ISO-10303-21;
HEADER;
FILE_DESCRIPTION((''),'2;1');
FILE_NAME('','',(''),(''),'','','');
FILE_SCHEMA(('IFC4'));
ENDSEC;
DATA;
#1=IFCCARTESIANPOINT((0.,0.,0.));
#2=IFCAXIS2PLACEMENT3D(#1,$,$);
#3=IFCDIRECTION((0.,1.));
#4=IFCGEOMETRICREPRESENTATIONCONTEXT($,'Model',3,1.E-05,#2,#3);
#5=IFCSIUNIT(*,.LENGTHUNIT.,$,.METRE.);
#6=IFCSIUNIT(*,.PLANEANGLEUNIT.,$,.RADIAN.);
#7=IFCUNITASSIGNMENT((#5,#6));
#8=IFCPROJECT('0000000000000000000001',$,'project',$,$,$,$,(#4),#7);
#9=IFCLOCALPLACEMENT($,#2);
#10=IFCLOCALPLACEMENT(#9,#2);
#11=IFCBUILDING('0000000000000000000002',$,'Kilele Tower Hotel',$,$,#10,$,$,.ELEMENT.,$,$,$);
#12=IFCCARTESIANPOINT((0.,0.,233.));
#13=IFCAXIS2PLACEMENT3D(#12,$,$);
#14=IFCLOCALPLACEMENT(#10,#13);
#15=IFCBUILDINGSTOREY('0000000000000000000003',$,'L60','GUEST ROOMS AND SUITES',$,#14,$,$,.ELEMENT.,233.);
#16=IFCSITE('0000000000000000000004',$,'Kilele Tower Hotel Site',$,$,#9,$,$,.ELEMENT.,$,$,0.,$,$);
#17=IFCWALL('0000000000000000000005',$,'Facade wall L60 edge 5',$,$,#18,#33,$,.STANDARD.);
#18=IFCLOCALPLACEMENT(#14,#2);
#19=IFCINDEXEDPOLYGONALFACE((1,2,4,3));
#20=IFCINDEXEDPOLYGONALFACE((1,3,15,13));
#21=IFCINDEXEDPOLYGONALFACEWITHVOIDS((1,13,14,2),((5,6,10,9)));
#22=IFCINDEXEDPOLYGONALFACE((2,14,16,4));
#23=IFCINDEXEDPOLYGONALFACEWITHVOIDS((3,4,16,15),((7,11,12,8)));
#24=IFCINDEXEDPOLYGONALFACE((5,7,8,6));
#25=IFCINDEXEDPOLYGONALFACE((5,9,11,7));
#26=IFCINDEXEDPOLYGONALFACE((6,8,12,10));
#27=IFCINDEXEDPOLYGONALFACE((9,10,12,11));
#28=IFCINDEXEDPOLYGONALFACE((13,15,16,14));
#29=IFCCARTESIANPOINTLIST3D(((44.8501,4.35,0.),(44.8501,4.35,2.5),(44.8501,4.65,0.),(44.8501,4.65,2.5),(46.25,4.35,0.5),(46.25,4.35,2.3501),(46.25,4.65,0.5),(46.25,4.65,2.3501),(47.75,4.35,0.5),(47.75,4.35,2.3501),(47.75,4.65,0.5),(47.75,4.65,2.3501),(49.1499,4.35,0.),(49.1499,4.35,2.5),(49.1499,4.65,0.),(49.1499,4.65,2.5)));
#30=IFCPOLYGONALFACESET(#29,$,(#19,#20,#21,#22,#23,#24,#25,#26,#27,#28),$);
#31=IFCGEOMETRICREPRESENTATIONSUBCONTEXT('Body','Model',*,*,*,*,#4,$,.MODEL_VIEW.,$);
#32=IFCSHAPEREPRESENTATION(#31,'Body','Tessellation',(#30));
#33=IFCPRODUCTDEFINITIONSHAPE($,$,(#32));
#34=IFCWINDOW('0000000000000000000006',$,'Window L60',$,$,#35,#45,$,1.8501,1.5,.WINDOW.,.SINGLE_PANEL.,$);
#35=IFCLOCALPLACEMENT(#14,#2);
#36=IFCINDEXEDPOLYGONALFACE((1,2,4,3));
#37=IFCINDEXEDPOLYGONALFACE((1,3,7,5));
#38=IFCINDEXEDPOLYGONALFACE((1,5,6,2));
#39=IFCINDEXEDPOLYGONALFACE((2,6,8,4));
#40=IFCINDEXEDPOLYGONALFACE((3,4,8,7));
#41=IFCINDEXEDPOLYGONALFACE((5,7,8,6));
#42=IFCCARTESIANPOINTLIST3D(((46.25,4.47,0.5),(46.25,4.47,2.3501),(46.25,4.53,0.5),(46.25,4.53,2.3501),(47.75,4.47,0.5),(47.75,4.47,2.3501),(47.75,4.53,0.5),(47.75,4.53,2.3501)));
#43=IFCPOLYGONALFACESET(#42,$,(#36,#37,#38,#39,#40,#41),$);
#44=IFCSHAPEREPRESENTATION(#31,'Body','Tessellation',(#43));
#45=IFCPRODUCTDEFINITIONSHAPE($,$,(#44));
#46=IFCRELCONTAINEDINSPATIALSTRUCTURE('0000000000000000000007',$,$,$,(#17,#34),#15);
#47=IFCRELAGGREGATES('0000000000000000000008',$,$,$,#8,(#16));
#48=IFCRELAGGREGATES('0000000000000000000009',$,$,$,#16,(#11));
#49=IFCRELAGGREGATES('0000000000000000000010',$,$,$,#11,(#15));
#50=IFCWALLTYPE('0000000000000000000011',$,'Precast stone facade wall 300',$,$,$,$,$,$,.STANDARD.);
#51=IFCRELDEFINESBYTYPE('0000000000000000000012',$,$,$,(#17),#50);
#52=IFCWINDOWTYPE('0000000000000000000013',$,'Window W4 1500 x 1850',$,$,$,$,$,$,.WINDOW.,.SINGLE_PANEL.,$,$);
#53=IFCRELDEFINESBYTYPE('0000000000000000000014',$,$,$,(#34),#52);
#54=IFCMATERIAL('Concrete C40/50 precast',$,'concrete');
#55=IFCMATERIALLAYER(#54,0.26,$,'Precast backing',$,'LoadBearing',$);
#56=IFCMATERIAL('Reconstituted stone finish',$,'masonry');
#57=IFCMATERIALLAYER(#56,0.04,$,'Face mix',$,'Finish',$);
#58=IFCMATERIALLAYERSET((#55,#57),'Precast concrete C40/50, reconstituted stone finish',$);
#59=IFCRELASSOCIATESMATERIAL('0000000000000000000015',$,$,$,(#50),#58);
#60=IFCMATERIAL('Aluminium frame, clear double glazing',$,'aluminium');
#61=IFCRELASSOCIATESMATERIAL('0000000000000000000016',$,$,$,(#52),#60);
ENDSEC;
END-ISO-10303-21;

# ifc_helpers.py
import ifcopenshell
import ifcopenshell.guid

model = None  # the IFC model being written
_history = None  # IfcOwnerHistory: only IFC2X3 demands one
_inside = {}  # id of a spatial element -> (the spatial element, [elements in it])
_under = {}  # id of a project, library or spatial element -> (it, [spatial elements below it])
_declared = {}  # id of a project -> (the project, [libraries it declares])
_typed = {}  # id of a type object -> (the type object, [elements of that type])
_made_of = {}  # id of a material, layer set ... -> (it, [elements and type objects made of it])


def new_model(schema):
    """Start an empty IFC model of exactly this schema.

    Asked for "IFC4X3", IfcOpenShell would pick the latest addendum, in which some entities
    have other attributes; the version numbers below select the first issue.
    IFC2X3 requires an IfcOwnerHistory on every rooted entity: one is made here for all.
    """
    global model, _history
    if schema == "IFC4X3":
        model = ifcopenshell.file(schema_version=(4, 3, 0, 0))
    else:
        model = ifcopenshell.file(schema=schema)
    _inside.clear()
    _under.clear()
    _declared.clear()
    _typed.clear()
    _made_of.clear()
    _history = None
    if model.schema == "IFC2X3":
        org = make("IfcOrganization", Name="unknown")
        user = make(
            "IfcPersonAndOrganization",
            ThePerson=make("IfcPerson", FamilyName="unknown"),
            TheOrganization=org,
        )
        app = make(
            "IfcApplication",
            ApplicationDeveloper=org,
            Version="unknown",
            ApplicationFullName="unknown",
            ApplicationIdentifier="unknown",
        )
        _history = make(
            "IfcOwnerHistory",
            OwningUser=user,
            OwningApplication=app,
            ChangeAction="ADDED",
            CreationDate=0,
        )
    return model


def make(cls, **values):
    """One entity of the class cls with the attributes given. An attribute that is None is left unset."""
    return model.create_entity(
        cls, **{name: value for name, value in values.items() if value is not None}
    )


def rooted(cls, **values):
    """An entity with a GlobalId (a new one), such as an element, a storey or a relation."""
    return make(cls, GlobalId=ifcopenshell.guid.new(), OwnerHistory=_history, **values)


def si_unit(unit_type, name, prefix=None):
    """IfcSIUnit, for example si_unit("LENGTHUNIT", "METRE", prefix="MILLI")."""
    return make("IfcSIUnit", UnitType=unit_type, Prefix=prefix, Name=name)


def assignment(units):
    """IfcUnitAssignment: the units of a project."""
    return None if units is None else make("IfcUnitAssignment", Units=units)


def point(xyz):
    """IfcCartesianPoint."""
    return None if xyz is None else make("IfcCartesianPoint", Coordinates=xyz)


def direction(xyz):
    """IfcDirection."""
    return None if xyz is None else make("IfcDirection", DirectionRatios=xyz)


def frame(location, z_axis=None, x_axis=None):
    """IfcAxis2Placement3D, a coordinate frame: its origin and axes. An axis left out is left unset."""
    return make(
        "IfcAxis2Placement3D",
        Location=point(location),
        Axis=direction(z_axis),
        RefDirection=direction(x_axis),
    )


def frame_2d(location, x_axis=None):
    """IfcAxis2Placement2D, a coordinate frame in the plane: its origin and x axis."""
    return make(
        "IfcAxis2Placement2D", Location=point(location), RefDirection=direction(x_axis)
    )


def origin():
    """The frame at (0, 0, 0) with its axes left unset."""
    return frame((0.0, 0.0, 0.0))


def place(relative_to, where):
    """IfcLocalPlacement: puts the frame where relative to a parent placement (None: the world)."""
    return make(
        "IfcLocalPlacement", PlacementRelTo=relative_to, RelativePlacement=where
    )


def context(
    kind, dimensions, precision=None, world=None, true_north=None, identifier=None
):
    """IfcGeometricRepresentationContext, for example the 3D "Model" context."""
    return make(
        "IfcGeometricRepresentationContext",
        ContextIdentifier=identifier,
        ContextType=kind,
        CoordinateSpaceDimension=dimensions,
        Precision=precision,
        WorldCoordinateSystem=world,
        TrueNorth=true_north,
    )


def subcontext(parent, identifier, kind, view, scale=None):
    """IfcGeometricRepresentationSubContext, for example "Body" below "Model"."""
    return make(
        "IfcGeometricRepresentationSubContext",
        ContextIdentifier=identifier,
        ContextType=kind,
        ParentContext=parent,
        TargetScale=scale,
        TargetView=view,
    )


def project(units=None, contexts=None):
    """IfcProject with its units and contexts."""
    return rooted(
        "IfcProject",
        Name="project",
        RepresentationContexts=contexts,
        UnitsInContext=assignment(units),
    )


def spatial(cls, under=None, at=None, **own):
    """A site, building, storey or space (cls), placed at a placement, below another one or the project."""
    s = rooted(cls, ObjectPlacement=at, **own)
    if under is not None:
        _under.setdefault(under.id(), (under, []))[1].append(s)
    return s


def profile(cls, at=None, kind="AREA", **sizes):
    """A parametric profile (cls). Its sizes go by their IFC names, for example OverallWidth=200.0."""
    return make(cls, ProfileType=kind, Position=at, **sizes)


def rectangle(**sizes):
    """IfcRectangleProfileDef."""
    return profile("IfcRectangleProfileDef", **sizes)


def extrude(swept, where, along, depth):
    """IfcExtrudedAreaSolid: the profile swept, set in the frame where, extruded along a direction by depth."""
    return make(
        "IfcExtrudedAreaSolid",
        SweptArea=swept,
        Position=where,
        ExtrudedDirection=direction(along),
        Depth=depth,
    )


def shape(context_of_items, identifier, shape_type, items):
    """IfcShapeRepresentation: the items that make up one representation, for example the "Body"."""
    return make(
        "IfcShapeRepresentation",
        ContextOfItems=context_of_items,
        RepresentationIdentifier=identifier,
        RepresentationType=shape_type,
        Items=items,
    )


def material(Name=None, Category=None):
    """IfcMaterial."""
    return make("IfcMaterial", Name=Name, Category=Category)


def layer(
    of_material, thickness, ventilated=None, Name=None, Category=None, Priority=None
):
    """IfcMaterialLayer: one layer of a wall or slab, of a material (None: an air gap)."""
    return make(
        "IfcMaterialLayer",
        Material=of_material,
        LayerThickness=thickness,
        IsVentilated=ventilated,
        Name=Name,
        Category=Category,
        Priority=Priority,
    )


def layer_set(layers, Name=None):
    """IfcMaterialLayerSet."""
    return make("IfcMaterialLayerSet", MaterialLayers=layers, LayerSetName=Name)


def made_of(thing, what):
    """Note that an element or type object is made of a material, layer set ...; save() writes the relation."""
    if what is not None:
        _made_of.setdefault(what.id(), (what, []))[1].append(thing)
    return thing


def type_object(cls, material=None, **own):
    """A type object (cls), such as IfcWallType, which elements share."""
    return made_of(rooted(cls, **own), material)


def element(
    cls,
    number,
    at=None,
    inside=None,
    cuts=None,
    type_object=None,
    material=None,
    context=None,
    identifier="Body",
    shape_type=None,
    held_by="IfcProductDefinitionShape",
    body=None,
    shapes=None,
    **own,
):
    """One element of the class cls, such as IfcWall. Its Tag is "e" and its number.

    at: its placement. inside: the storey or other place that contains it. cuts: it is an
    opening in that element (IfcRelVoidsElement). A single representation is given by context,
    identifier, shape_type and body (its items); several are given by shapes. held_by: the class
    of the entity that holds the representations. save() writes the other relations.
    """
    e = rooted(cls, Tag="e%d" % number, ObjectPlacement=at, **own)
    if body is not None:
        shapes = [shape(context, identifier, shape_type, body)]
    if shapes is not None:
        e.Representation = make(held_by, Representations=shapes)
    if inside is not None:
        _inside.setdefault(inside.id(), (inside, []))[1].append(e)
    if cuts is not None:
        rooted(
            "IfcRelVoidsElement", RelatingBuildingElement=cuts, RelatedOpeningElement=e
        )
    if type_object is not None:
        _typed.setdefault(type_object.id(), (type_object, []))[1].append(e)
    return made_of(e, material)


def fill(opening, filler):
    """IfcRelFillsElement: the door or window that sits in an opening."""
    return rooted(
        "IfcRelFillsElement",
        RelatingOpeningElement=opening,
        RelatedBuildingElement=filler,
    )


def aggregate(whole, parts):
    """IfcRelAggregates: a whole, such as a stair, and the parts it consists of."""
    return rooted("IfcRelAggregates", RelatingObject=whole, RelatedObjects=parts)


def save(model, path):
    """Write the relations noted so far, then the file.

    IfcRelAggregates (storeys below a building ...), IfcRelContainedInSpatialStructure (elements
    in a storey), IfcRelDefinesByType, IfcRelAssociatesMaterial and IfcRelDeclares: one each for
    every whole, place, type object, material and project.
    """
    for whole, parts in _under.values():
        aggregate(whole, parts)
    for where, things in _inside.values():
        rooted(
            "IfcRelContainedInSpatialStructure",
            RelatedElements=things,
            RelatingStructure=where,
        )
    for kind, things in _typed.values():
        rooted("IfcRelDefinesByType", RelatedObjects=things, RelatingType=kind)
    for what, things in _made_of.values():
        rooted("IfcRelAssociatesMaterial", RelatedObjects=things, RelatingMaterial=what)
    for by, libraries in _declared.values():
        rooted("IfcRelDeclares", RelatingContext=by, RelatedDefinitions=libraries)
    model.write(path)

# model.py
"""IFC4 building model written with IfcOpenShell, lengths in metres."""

from ifc_helpers import new_model, si_unit, direction, frame, frame_2d, origin, place, context, subcontext, project, spatial, rectangle, extrude, material, layer, layer_set, type_object, element, fill, save


model = new_model("IFC4")

# Units and contexts
model_context = context("Model", 3, precision=1e-05, world=origin(), true_north=direction((0.0, 1.0)))
body_context = subcontext(model_context, "Body", "Model", "MODEL_VIEW")
ifc_project = project(units=[si_unit("LENGTHUNIT", "METRE"), si_unit("PLANEANGLEUNIT", "RADIAN")], contexts=[model_context])

# Site, building, storey
site_placement = place(None, origin())
site = spatial("IfcSite", under=ifc_project, at=site_placement, Name="Kilele Tower Hotel Site", CompositionType="ELEMENT", RefElevation=0.0)
building_placement = place(site_placement, origin())
building = spatial("IfcBuilding", under=site, at=building_placement, Name="Kilele Tower Hotel", CompositionType="ELEMENT")
storey_placement = place(building_placement, frame((0.0, 0.0, 233.0)))
storey = spatial("IfcBuildingStorey", under=building, at=storey_placement, Name="L60", Description="GUEST ROOMS AND SUITES", CompositionType="ELEMENT", Elevation=233.0)

# Wall, opening, window
ifc_material_1 = material(Name="Concrete C40/50 precast", Category="concrete")
ifc_layer_1 = layer(ifc_material_1, 0.26, Name="Precast backing", Category="LoadBearing")
ifc_material_2 = material(Name="Reconstituted stone finish", Category="masonry")
ifc_layer_2 = layer(ifc_material_2, 0.04, Name="Face mix", Category="Finish")
ifc_layer_set_1 = layer_set([ifc_layer_1, ifc_layer_2], Name="Precast concrete C40/50, reconstituted stone finish")
wall_type_1 = type_object("IfcWallType", Name="Precast stone facade wall 300", PredefinedType="STANDARD", material=ifc_layer_set_1)
wall_1_placement = place(storey_placement, frame((44.8501, 4.5, 0.0), z_axis=(0.0, 0.0, 1.0), x_axis=(1.0, 0.0, 0.0)))
wall_1 = element("IfcWall", 1, at=wall_1_placement, inside=storey, type_object=wall_type_1, Name="Facade wall L60 edge 5", PredefinedType="STANDARD", context=body_context, shape_type="SweptSolid", body=[
    extrude(rectangle(XDim=4.2998, YDim=0.3, at=frame_2d((2.1499, 0.0))), origin(), (0.0, 0.0, 1.0), 2.5),
])
opening_1_placement = place(wall_1_placement, frame((1.3999, 0.0, 0.5)))
opening_1 = element("IfcOpeningElement", 2, at=opening_1_placement, cuts=wall_1, PredefinedType="OPENING", context=body_context, shape_type="SweptSolid", body=[
    extrude(rectangle(XDim=1.5, YDim=1.8501, at=frame_2d((0.75, 0.925))), frame((0.0, 0.1599, 0.0), z_axis=(0.0, -1.0, 0.0), x_axis=(1.0, 0.0, 0.0)), (0.0, 0.0, 1.0), 0.3201),
])
ifc_material_3 = material(Name="Aluminium frame, clear double glazing", Category="aluminium")
window_type_1 = type_object("IfcWindowType", Name="Window W4 1500 x 1850", PartitioningType="SINGLE_PANEL", PredefinedType="WINDOW", material=ifc_material_3)
window_1_placement = place(opening_1_placement, origin())
window_1 = element("IfcWindow", 3, at=window_1_placement, inside=storey, type_object=window_type_1, Name="Window L60", OverallHeight=1.8501, OverallWidth=1.5, PartitioningType="SINGLE_PANEL", PredefinedType="WINDOW", context=body_context, shape_type="SweptSolid", body=[
    extrude(rectangle(XDim=1.5, YDim=1.8501, at=frame_2d((0.75, 0.925))), frame((0.0, 0.03, 0.0), z_axis=(0.0, -1.0, 0.0), x_axis=(1.0, 0.0, 0.0)), (0.0, 0.0, 1.0), 0.0601),
])
fill(opening_1, window_1)

save(model, "model.ifc")
